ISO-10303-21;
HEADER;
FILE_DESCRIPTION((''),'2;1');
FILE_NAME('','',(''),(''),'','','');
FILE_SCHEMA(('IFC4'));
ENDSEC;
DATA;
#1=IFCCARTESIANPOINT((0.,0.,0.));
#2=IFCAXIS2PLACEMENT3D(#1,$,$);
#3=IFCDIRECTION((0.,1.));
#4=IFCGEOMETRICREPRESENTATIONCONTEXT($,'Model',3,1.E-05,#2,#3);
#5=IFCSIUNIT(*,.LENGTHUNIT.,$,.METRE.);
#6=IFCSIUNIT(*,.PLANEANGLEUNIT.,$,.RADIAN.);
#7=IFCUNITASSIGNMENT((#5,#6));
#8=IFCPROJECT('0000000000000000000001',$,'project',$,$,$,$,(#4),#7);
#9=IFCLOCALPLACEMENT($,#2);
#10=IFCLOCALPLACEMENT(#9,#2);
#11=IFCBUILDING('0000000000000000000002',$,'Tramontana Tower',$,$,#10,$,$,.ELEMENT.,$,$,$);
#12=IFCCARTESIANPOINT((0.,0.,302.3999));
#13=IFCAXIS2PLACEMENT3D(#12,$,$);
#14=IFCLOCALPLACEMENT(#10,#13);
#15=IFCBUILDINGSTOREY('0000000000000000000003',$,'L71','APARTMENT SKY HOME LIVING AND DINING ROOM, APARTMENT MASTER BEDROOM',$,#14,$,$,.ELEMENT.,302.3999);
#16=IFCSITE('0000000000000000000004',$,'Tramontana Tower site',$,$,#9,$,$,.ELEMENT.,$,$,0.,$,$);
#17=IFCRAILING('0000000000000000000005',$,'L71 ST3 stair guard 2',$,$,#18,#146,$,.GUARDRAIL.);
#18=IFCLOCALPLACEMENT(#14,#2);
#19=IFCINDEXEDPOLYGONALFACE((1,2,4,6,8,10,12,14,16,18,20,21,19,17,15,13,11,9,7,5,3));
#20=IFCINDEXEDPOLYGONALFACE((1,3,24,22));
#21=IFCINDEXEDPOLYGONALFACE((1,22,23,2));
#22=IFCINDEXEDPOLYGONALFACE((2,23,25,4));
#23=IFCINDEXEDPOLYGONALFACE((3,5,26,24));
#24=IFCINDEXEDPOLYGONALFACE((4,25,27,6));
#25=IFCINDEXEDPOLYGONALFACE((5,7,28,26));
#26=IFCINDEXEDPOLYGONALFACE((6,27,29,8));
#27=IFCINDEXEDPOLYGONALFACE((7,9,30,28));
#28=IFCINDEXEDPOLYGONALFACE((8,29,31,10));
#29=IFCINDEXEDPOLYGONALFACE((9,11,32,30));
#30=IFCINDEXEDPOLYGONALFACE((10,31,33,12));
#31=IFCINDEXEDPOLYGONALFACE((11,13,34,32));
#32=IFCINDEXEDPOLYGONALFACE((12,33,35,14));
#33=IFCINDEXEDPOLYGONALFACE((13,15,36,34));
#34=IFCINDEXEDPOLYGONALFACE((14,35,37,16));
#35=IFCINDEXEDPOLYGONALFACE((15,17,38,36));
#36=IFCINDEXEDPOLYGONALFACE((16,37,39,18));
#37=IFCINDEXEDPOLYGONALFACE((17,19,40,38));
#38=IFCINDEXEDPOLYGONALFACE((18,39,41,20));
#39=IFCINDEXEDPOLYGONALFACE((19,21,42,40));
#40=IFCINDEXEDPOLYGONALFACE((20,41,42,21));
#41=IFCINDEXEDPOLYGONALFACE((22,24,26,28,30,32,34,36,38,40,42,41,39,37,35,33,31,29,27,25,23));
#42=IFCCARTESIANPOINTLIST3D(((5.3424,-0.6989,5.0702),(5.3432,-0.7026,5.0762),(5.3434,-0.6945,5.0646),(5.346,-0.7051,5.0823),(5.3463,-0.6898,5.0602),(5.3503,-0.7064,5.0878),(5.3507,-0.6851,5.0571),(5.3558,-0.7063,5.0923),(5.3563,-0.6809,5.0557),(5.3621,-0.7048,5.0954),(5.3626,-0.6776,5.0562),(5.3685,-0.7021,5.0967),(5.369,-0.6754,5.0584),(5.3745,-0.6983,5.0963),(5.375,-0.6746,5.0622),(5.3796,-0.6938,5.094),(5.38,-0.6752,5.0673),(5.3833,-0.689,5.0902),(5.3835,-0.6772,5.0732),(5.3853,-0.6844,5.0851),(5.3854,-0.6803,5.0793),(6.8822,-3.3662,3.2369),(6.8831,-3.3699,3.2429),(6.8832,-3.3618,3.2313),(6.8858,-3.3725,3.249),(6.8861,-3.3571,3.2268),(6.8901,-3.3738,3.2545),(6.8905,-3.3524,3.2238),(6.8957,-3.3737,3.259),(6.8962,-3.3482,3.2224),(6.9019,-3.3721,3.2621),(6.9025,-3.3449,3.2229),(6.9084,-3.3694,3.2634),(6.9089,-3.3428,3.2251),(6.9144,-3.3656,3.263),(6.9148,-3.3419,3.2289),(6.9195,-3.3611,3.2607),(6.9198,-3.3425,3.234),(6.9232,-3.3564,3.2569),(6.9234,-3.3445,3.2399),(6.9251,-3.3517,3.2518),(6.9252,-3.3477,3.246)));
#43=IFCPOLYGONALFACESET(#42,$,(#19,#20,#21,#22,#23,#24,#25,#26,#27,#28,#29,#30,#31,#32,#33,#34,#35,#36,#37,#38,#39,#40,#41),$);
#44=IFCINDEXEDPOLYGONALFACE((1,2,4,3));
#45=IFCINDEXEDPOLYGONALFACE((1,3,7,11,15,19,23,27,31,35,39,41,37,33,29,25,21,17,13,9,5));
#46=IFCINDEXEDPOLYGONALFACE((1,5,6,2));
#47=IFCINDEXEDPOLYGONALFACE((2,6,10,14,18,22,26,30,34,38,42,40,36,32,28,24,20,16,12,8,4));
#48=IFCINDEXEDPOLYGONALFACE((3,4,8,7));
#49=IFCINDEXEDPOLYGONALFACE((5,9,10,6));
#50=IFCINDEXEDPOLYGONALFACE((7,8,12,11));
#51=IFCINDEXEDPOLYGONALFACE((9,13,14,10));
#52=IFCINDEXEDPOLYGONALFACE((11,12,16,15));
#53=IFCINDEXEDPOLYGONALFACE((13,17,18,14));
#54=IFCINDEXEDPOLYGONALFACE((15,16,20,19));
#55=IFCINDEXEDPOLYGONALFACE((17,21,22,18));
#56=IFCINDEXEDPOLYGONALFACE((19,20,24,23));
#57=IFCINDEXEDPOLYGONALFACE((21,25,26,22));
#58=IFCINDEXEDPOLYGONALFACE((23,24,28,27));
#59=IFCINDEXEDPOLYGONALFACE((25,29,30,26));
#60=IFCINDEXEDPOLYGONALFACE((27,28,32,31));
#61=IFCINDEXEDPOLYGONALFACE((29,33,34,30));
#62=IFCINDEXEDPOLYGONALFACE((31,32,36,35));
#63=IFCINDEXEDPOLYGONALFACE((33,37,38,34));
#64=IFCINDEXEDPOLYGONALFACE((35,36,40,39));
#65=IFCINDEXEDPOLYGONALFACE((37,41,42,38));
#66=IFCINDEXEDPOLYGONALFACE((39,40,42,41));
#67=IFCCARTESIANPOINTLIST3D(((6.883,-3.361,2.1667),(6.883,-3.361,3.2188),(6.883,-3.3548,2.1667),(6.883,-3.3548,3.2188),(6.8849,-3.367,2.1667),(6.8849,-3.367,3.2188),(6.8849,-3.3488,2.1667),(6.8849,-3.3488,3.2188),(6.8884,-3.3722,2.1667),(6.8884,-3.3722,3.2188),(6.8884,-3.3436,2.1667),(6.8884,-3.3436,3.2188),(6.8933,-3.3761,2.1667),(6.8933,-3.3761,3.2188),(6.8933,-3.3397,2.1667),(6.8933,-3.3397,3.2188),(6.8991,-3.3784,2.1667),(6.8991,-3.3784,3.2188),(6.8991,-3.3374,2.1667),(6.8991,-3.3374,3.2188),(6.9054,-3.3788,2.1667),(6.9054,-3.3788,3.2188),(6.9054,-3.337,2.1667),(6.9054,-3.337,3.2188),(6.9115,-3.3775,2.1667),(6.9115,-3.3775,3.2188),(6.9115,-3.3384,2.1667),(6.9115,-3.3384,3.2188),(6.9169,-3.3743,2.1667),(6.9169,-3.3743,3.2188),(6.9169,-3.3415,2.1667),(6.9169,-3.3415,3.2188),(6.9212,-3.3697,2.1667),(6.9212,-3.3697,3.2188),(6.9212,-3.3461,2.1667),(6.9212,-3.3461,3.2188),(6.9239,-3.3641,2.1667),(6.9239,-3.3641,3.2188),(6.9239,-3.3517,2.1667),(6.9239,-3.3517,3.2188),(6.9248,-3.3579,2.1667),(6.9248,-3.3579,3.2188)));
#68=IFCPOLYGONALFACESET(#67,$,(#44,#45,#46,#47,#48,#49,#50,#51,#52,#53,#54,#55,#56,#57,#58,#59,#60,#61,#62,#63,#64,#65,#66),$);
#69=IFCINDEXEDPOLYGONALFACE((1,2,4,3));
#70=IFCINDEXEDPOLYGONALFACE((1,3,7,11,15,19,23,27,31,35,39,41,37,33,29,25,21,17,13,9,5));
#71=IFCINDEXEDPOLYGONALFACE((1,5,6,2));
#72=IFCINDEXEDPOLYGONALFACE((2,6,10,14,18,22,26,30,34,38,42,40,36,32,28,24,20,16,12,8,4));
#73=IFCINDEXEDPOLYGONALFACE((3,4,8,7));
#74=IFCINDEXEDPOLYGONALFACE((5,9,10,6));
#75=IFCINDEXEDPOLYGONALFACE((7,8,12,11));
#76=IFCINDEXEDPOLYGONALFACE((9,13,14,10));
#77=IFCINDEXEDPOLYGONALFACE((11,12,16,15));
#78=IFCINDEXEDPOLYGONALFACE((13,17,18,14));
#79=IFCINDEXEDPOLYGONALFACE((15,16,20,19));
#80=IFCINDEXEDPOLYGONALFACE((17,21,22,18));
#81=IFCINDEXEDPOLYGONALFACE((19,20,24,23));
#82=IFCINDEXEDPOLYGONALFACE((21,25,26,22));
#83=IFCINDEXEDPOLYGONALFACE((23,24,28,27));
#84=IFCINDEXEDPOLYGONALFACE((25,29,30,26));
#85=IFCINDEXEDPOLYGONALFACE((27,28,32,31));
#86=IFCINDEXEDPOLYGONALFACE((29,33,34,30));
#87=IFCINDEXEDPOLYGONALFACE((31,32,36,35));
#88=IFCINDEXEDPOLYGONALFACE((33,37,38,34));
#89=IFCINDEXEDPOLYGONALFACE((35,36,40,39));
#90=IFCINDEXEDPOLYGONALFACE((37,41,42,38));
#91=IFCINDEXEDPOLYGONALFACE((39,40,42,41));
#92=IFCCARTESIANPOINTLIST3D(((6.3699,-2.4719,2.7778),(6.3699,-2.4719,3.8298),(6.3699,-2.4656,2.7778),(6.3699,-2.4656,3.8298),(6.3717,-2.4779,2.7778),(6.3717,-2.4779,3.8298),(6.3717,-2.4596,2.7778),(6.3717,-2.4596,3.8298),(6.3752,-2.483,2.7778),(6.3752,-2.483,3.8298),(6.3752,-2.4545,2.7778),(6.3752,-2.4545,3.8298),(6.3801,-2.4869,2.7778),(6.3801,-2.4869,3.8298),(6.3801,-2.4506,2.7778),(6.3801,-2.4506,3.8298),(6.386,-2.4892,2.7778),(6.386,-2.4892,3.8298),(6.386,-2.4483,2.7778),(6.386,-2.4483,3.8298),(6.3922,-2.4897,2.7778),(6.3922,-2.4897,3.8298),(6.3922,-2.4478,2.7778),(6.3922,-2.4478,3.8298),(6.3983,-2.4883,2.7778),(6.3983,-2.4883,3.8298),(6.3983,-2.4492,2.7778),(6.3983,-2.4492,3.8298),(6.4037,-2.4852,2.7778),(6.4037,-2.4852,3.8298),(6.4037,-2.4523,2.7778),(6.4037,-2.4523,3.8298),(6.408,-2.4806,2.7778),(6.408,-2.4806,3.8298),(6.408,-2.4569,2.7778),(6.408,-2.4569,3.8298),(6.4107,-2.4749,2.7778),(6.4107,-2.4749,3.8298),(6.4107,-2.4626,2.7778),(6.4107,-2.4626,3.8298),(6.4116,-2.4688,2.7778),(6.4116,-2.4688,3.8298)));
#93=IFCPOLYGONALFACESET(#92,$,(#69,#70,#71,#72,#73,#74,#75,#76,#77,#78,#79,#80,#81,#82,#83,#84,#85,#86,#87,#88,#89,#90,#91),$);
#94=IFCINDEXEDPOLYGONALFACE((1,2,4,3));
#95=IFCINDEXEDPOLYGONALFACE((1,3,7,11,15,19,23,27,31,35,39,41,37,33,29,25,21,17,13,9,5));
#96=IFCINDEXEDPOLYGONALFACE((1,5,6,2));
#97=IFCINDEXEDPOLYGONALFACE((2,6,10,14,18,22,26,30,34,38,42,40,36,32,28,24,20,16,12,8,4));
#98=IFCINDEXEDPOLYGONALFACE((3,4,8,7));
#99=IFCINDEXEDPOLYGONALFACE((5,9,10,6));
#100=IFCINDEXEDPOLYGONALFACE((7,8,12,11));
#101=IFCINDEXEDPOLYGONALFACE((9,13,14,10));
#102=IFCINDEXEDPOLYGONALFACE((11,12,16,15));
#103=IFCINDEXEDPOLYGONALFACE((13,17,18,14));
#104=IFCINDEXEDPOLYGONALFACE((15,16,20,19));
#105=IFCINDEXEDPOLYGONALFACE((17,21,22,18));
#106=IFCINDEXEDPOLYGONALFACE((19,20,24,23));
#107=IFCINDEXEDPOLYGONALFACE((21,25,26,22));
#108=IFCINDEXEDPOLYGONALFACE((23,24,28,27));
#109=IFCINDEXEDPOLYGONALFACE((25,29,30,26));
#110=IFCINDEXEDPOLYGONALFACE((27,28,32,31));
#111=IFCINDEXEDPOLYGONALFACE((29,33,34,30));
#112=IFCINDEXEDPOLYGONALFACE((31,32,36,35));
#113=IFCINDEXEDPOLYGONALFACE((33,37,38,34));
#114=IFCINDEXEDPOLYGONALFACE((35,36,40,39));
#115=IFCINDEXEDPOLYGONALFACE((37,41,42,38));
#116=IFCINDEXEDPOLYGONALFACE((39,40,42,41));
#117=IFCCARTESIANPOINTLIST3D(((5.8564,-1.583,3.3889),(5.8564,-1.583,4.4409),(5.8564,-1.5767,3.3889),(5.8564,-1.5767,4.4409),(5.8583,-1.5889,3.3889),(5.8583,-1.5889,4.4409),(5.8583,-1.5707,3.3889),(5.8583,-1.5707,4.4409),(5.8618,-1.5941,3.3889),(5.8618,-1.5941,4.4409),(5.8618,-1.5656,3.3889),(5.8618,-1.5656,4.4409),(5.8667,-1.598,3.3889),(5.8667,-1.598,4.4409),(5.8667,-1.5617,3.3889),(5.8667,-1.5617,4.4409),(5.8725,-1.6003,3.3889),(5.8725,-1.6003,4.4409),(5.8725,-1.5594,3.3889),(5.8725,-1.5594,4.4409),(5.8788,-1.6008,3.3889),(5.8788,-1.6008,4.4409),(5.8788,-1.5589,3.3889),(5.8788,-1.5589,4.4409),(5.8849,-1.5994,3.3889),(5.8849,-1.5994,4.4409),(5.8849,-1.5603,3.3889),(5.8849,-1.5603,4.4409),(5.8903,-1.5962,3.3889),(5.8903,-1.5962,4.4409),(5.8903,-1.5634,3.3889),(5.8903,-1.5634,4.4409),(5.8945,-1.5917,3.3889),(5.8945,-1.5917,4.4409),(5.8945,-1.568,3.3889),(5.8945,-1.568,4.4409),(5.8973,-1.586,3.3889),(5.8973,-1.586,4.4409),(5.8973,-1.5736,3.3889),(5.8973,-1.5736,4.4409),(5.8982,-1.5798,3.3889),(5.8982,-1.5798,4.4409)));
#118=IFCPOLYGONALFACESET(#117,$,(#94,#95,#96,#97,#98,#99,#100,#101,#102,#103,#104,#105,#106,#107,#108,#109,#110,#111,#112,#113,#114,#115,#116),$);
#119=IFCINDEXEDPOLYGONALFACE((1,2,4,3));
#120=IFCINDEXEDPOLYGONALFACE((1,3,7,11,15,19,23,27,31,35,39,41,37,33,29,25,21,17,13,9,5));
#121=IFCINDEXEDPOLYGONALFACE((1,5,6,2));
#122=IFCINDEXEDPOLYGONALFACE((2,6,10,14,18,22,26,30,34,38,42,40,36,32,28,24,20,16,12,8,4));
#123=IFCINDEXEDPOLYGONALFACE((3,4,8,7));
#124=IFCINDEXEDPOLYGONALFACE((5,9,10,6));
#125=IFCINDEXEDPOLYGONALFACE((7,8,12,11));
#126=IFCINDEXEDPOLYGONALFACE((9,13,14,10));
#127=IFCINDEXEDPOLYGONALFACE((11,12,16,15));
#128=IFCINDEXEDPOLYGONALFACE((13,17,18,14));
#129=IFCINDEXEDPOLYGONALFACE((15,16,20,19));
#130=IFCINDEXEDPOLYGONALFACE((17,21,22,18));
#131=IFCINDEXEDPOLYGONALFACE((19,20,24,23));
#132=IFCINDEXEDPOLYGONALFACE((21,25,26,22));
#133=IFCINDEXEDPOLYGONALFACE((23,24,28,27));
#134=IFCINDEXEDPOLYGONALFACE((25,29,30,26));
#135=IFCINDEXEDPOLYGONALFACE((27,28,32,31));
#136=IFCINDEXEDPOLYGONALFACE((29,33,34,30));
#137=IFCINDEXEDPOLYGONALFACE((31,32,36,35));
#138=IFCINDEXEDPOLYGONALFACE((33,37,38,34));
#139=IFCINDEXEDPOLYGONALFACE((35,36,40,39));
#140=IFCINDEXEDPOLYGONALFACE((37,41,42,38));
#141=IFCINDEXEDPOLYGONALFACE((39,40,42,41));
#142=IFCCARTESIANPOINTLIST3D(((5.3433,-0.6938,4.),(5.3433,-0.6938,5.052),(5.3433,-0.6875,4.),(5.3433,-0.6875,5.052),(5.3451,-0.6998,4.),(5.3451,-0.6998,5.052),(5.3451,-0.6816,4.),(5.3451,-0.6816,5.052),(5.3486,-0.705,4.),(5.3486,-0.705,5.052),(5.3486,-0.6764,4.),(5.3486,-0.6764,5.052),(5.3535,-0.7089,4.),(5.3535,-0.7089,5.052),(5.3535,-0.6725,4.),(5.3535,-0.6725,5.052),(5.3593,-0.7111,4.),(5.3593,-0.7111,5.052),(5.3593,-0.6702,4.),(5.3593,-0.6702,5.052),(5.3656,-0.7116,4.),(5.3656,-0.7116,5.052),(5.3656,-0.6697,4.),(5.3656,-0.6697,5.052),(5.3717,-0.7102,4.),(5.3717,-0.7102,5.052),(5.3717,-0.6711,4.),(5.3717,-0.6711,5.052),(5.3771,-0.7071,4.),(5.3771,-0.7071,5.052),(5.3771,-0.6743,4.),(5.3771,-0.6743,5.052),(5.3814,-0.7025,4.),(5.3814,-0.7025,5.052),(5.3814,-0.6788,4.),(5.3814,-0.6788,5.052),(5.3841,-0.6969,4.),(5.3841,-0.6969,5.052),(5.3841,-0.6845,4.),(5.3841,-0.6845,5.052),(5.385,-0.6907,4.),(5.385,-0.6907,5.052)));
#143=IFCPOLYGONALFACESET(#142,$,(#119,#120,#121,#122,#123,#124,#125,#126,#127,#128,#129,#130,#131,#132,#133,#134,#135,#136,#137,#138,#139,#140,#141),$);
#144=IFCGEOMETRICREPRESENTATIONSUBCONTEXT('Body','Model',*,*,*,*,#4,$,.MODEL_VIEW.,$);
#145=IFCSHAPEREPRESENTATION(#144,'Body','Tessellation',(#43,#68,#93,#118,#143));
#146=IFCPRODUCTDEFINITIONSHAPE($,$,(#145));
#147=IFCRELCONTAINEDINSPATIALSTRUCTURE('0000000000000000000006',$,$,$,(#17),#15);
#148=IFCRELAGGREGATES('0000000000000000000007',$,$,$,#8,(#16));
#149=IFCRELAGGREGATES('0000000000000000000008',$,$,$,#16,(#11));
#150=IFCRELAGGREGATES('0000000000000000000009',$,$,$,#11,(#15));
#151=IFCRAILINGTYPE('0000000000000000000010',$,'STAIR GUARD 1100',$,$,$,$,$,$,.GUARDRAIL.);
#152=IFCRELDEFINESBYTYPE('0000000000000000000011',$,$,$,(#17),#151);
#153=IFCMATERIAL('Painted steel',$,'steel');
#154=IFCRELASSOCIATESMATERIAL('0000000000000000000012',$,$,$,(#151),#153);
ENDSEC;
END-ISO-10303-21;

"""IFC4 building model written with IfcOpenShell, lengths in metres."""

from ifc_helpers import new_model, si_unit, direction, frame, origin, origin_2d, place, context, subcontext, project, spatial, circle, extrude, material, type_object, element, save


model = new_model("IFC4")

# Units and contexts
model_context = context("Model", 3, precision=1e-05, world=origin(), true_north=direction((0.0, 1.0)))
body_context = subcontext(model_context, "Body", "Model", "MODEL_VIEW")
ifc_project = project(units=[si_unit("LENGTHUNIT", "METRE"), si_unit("PLANEANGLEUNIT", "RADIAN")], contexts=[model_context])

# Site, building, storey
site_placement = place(None, origin())
site = spatial("IfcSite", under=ifc_project, at=site_placement, Name="Tramontana Tower site", CompositionType="ELEMENT", RefElevation=0.0)
building_placement = place(site_placement, origin())
building = spatial("IfcBuilding", under=site, at=building_placement, Name="Tramontana Tower", CompositionType="ELEMENT")
storey_placement = place(building_placement, frame((0.0, 0.0, 302.3999)))
storey = spatial("IfcBuildingStorey", under=building, at=storey_placement, Name="L71", Description="APARTMENT SKY HOME LIVING AND DINING ROOM, APARTMENT MASTER BEDROOM", CompositionType="ELEMENT", Elevation=302.3999)

# Railing
ifc_material_1 = material(Name="Painted steel", Category="steel")
railing_type_1 = type_object("IfcRailingType", Name="STAIR GUARD 1100", PredefinedType="GUARDRAIL", material=ifc_material_1)
railing_1_placement = place(storey_placement, frame((6.9038, -3.3579, 2.1667)))
element("IfcRailing", 1, at=railing_1_placement, inside=storey, type_object=railing_type_1, Name="L71 ST3 stair guard 2", PredefinedType="GUARDRAIL", context=body_context, shape_type="SweptSolid", body=[
    extrude(circle(Radius=0.0239, at=origin_2d()), frame((0.0, 0.0, 1.0762), z_axis=(-0.429616, 0.744181, 0.511493), x_axis=(-0.866044, -0.499967, 0.0)), (0.0, 0.0, 1.0), 3.5842),
    extrude(circle(Radius=0.021, at=origin_2d()), origin(), (0.0, 0.0, 1.0), 1.052),
    extrude(circle(Radius=0.021, at=origin_2d()), frame((-0.5132, 0.8892, 0.6111)), (0.0, 0.0, 1.0), 1.052),
    extrude(circle(Radius=0.021, at=origin_2d()), frame((-1.0266, 1.7781, 1.2222)), (0.0, 0.0, 1.0), 1.052),
    extrude(circle(Radius=0.021, at=origin_2d()), frame((-1.5398, 2.6672, 1.8333)), (0.0, 0.0, 1.0), 1.052),
])

save(model, "model.ifc")
